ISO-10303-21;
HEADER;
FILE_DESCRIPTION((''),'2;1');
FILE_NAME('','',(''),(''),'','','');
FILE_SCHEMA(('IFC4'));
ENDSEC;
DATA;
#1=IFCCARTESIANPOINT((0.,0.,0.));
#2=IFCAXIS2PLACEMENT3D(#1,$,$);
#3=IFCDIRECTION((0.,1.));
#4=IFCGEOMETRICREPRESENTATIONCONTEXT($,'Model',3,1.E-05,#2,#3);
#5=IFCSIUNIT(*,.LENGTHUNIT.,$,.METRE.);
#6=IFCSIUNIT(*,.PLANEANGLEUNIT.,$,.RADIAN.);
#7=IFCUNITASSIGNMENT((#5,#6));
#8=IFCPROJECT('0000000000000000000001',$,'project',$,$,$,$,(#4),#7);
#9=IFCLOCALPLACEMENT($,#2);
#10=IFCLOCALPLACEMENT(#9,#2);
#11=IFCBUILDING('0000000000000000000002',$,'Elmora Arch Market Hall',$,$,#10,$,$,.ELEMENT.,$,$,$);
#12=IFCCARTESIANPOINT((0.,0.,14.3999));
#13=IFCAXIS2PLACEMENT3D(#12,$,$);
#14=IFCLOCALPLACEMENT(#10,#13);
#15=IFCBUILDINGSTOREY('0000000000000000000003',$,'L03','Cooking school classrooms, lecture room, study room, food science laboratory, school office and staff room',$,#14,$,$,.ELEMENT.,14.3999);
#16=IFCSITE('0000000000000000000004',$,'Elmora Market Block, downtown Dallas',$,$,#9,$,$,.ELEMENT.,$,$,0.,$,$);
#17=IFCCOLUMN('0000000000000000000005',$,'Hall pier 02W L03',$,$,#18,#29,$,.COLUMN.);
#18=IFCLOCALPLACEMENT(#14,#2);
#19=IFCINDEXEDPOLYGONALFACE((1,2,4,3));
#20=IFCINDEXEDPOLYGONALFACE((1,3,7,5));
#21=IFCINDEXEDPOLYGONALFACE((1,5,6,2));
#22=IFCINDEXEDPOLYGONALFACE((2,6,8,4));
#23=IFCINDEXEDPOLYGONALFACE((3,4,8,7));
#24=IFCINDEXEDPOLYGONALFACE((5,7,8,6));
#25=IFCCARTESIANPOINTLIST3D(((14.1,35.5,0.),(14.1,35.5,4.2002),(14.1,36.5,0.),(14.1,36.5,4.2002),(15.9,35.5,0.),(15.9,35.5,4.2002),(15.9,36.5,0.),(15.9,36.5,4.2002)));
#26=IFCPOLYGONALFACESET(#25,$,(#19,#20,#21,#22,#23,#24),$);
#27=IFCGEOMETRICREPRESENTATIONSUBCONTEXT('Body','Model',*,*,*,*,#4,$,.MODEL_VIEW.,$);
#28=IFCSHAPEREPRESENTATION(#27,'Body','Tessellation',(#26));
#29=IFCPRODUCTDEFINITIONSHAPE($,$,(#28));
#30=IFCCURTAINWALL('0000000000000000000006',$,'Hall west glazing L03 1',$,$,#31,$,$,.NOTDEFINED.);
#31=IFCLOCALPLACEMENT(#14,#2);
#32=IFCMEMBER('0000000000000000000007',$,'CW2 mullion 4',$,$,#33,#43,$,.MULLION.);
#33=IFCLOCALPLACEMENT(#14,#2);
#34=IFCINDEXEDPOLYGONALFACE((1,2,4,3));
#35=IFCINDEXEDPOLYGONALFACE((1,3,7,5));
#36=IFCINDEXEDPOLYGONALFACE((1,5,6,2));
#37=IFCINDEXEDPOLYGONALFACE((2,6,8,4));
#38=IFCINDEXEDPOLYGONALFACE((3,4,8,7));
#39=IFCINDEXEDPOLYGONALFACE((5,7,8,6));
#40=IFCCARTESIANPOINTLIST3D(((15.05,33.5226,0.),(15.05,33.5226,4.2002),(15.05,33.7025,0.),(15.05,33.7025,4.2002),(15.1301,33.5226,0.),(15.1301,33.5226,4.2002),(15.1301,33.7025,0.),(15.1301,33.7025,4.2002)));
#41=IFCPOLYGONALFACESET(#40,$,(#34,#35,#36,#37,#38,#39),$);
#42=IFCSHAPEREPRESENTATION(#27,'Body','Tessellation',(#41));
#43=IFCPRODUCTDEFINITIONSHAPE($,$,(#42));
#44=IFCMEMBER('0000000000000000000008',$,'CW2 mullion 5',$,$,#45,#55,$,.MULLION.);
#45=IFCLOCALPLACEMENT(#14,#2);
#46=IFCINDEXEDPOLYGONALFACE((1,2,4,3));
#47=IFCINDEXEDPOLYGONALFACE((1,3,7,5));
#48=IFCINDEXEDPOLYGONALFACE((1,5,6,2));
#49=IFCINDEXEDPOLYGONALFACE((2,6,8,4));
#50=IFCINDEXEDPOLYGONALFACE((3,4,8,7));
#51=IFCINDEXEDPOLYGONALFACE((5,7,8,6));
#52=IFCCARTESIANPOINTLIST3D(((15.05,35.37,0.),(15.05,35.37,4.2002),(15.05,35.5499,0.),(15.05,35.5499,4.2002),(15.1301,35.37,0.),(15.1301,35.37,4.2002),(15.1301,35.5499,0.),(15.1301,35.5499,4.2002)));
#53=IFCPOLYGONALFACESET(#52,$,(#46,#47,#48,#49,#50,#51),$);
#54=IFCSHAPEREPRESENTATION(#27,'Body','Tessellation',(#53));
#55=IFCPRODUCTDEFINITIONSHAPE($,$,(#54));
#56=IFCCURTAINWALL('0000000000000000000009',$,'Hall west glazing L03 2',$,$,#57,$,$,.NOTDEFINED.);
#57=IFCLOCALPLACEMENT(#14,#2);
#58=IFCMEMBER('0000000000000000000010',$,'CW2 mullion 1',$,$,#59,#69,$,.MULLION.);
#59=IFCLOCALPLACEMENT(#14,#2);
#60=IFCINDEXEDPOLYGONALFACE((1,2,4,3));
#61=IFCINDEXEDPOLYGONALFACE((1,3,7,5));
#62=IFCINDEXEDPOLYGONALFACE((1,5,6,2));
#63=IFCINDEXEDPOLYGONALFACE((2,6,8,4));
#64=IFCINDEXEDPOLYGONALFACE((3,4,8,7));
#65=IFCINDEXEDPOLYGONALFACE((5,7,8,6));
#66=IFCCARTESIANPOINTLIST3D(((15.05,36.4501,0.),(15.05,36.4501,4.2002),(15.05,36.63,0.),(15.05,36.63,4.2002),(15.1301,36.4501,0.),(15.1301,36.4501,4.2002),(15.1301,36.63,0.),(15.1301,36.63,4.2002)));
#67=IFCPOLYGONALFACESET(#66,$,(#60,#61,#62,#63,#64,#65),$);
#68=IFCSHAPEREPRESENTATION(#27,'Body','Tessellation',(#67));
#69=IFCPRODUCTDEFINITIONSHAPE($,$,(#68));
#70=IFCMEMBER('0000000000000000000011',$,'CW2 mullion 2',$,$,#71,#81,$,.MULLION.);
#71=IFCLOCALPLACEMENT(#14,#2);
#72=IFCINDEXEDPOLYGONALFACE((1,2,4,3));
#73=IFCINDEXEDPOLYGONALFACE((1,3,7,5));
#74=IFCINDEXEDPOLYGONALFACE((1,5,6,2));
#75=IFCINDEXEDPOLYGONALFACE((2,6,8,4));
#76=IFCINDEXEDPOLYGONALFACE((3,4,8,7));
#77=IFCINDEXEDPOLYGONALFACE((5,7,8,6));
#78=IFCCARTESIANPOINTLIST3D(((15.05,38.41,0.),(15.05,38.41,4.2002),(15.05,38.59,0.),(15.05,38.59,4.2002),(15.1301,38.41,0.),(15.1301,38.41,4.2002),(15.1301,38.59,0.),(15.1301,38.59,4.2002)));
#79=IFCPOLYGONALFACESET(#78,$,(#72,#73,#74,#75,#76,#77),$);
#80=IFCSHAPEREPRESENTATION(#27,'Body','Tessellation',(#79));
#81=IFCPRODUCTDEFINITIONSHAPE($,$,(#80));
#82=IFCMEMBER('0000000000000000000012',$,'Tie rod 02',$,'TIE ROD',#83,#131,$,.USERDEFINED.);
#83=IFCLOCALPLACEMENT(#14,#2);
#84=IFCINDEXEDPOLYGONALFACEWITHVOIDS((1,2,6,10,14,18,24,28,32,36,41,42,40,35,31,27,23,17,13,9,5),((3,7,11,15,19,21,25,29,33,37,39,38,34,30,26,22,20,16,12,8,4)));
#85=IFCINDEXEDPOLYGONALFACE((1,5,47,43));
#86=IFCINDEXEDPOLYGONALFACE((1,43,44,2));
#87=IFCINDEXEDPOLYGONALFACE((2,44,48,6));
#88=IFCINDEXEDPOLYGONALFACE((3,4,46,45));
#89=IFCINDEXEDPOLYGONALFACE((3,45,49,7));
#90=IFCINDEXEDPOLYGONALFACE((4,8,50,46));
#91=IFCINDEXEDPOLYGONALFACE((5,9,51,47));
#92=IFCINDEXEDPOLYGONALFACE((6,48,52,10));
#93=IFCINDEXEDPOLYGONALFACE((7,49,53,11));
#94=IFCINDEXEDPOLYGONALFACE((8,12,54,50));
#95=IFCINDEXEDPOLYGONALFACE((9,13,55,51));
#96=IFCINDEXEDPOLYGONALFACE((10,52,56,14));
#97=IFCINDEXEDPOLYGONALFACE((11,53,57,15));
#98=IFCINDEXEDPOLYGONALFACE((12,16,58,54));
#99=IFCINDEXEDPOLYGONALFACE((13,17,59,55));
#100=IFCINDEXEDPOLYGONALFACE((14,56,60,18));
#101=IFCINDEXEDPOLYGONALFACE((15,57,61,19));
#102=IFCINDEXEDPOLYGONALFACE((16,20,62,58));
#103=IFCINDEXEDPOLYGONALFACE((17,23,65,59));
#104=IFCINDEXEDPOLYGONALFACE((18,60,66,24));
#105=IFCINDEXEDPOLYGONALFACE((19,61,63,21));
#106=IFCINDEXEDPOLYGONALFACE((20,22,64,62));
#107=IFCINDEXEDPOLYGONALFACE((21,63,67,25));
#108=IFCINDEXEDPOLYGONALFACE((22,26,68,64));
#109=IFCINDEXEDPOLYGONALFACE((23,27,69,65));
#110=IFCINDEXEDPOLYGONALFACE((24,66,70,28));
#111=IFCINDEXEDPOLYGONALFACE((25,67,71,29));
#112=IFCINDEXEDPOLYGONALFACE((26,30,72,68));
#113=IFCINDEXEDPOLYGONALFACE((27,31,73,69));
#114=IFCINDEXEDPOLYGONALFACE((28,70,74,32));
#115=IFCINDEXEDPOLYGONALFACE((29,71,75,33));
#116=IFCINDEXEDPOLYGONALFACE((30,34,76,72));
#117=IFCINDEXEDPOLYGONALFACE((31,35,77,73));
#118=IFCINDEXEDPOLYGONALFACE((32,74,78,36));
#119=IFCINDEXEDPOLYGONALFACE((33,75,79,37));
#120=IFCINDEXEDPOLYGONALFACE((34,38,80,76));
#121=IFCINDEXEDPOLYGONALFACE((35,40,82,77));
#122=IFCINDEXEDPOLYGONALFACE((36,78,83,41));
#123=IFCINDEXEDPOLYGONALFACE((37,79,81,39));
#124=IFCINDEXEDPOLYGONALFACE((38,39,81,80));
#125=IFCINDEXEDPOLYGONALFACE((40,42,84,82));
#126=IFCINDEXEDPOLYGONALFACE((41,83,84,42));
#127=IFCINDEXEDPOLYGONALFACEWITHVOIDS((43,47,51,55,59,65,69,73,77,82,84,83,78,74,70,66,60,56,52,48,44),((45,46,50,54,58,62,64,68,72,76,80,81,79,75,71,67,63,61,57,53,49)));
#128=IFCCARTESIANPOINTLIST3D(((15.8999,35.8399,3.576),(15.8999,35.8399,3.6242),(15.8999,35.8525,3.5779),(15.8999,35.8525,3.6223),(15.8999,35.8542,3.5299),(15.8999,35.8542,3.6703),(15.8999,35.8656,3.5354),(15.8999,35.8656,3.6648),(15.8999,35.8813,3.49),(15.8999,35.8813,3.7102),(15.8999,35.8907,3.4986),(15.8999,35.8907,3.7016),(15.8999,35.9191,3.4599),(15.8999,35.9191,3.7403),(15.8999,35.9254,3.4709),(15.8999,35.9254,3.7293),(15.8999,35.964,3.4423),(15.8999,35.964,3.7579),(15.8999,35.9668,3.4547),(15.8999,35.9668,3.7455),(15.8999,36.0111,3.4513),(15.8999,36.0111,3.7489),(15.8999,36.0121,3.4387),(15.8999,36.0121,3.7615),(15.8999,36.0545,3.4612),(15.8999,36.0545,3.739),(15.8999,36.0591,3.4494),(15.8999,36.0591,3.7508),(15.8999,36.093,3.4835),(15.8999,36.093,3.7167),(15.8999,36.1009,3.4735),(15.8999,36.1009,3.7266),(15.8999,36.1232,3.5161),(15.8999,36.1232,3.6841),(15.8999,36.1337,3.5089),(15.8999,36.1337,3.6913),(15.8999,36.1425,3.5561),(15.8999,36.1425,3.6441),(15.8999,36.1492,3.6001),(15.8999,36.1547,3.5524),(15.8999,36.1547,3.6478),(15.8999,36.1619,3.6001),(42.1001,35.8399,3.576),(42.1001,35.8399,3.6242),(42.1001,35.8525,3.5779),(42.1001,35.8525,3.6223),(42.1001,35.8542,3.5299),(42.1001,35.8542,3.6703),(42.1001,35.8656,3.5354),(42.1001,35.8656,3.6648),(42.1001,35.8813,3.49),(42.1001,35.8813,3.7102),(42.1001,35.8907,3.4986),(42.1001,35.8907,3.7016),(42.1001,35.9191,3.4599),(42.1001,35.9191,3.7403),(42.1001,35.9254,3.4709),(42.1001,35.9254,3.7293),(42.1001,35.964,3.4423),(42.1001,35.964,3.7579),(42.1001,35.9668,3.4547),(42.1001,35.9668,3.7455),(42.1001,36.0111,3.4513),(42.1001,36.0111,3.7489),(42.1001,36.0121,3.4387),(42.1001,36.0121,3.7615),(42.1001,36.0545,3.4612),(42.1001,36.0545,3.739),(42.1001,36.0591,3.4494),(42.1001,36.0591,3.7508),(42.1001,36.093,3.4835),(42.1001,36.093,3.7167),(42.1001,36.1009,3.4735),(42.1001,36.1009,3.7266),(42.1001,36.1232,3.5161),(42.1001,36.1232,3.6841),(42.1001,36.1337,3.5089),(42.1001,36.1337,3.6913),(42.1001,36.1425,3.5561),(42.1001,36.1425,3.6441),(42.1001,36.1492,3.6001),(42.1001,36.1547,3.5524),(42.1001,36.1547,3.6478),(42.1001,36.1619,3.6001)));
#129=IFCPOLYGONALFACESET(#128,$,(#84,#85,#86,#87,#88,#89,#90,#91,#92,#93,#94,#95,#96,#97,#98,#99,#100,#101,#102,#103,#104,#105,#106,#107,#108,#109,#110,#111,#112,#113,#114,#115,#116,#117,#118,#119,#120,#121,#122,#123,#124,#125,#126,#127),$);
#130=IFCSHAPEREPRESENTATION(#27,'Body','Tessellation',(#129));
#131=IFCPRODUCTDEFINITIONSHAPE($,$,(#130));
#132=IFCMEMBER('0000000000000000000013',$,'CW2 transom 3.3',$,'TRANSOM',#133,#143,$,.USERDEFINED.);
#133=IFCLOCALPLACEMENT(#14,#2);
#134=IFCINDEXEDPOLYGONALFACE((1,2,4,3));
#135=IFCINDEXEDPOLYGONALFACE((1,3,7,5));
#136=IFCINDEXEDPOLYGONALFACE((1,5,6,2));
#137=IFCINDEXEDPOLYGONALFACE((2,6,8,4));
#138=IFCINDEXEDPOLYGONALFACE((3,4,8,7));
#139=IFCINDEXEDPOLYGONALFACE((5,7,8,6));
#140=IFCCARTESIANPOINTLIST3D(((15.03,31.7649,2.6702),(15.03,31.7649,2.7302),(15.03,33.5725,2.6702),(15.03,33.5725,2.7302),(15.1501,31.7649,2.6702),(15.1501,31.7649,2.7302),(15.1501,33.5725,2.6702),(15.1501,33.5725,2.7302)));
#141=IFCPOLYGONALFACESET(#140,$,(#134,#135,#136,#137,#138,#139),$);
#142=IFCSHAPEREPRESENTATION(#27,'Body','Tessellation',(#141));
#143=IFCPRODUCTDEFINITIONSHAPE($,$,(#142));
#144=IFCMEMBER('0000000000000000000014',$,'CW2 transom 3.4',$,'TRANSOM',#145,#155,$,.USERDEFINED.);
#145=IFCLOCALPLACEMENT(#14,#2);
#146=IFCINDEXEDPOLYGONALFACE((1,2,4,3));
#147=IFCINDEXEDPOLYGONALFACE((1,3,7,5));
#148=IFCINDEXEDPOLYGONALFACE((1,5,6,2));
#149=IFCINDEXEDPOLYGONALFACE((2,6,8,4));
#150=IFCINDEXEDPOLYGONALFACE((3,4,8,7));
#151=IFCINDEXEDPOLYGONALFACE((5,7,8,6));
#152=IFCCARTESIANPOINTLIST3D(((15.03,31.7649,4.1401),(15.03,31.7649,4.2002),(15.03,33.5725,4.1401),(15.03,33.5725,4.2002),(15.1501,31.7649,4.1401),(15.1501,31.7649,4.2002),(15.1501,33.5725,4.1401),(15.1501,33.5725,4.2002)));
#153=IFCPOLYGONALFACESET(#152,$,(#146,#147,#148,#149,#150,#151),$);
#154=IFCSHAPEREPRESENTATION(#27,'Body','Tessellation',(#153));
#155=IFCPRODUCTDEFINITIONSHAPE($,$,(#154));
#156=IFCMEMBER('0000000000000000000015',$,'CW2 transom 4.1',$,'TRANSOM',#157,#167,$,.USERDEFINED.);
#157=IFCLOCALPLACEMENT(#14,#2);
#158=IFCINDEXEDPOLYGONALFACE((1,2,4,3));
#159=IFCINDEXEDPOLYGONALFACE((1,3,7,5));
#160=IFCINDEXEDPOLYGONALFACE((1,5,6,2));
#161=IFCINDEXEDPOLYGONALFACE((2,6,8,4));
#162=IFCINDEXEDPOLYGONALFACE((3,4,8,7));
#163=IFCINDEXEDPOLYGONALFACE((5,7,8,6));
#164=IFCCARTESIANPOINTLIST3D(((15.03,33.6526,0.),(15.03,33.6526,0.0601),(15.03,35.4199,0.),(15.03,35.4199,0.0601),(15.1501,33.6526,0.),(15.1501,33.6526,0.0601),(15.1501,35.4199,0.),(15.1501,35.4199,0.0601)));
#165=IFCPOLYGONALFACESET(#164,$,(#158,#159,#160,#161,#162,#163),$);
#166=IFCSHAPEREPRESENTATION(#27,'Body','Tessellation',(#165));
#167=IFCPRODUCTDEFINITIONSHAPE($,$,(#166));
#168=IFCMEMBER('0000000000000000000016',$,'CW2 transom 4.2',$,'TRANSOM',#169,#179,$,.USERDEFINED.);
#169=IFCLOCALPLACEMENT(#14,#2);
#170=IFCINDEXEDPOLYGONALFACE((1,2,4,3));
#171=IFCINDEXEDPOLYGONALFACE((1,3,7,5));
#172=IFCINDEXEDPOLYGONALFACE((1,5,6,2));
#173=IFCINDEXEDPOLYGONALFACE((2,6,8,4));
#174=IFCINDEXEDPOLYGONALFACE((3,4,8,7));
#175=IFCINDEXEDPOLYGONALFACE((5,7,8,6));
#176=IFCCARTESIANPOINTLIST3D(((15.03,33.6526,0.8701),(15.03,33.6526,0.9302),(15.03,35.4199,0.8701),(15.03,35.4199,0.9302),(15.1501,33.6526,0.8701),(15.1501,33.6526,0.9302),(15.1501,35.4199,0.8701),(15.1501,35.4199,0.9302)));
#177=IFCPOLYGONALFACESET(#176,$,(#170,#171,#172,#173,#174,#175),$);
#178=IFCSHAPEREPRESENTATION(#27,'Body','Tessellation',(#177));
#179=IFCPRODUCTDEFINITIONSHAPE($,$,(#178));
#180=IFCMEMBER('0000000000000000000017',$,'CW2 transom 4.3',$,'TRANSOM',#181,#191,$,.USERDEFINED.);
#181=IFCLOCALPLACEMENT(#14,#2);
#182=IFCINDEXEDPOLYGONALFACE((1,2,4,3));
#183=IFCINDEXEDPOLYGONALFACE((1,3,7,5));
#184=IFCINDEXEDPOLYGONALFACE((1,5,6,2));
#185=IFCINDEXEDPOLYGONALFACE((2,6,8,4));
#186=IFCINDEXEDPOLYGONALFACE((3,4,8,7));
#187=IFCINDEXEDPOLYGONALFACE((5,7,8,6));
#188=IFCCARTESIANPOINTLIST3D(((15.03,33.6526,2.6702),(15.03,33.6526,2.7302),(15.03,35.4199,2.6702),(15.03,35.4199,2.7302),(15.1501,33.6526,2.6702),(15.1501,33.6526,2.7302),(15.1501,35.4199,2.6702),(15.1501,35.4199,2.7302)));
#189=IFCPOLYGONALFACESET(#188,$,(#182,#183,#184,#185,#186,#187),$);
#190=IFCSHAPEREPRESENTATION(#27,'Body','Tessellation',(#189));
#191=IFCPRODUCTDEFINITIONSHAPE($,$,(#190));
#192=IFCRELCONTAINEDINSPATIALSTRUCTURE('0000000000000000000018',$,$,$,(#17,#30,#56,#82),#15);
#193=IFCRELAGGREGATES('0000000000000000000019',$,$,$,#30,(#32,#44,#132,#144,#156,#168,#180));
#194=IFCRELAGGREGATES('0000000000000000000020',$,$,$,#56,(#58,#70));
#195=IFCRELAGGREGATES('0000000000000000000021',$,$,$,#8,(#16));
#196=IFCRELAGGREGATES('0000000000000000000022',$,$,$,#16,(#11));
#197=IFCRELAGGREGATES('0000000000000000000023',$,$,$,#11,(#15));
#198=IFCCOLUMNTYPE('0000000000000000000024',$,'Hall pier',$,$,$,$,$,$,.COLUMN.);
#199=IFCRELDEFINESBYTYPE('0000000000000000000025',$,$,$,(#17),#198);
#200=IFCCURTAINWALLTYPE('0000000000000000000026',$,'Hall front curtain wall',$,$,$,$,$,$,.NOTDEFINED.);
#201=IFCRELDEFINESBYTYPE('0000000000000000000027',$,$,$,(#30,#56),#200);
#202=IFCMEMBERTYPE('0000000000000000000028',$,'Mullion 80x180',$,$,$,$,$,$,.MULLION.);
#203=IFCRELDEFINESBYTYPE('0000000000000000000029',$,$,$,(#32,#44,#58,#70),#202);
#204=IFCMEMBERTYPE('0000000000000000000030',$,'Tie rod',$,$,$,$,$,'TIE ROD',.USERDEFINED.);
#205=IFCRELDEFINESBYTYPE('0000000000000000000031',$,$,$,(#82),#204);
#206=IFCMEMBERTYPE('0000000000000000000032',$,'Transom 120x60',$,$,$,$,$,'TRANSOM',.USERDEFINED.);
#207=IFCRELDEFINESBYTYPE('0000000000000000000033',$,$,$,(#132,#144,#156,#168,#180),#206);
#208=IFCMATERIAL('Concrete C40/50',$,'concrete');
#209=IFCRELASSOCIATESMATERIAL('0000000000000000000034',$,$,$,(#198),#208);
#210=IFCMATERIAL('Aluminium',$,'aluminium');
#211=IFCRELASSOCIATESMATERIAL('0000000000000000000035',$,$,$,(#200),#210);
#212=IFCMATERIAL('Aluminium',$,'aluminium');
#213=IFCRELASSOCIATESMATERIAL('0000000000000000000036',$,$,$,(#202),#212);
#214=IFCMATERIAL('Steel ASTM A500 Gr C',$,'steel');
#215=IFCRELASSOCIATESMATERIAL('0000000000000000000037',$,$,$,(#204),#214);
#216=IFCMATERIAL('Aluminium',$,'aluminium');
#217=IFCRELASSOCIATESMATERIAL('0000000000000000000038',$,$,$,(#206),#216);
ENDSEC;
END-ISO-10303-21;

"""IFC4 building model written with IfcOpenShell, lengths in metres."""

from ifc_helpers import new_model, si_unit, direction, frame, origin, origin_2d, place, context, subcontext, project, spatial, rectangle, hollow_circle, extrude, material, material_profile, profile_set, type_object, element, aggregate, save


model = new_model("IFC4")

# Units and contexts
model_context = context("Model", 3, precision=1e-05, world=origin(), true_north=direction((0.0, 1.0)))
body_context = subcontext(model_context, "Body", "Model", "MODEL_VIEW")
ifc_project = project(units=[si_unit("LENGTHUNIT", "METRE"), si_unit("PLANEANGLEUNIT", "RADIAN")], contexts=[model_context])

# Site, building, storey
site_placement = place(None, origin())
site = spatial("IfcSite", under=ifc_project, at=site_placement, Name="Elmora Market Block, downtown Dallas", CompositionType="ELEMENT", RefElevation=0.0)
building_placement = place(site_placement, origin())
building = spatial("IfcBuilding", under=site, at=building_placement, Name="Elmora Arch Market Hall", CompositionType="ELEMENT")
storey_placement = place(building_placement, frame((0.0, 0.0, 14.3999)))
storey = spatial("IfcBuildingStorey", under=building, at=storey_placement, Name="L03", Description="Cooking school classrooms, lecture room, study room, food science laboratory, school office and staff room", CompositionType="ELEMENT", Elevation=14.3999)

# Column
ifc_material_1 = material(Name="Concrete C40/50", Category="concrete")
ifc_material_profile_1 = material_profile(ifc_material_1, rectangle(XDim=1.8, YDim=1.0, at=origin_2d()), Name="Hall pier")
ifc_profile_set_1 = profile_set([ifc_material_profile_1], Name="Concrete C40/50")
column_type = type_object("IfcColumnType", Name="Hall pier", PredefinedType="COLUMN", material=ifc_profile_set_1)
column_placement = place(storey_placement, frame((15.0, 36.0, 0.0), z_axis=(0.0, 0.0, 1.0), x_axis=(1.0, 0.0, 0.0)))
element("IfcColumn", 1, at=column_placement, inside=storey, type_object=column_type, Name="Hall pier 02W L03", PredefinedType="COLUMN", context=body_context, shape_type="SweptSolid", body=[
    extrude(rectangle(XDim=1.8, YDim=1.0, at=origin_2d()), origin(), (0.0, 0.0, 1.0), 4.2002),
])

# Curtain walls, members
ifc_material_2 = material(Name="Aluminium", Category="aluminium")
curtain_wall_type = type_object("IfcCurtainWallType", Name="Hall front curtain wall", PredefinedType="NOTDEFINED", material=ifc_material_2)
curtain_wall_1_placement = place(storey_placement, origin())
curtain_wall_1 = element("IfcCurtainWall", 2, at=curtain_wall_1_placement, inside=storey, type_object=curtain_wall_type, Name="Hall west glazing L03 1", PredefinedType="NOTDEFINED")
ifc_material_3 = material(Name="Aluminium", Category="aluminium")
ifc_material_profile_2 = material_profile(ifc_material_3, rectangle(XDim=0.0801, YDim=0.1799, at=origin_2d()), Name="AL 80x180")
ifc_profile_set_2 = profile_set([ifc_material_profile_2], Name="Aluminium")
member_type_1 = type_object("IfcMemberType", Name="Mullion 80x180", PredefinedType="MULLION", material=ifc_profile_set_2)
member_1_placement = place(storey_placement, frame((15.0901, 33.6125, 0.0), z_axis=(0.0, 0.0, 1.0), x_axis=(-1.0, 0.0, 0.0)))
member_1 = element("IfcMember", 3, at=member_1_placement, type_object=member_type_1, Name="CW2 mullion 4", PredefinedType="MULLION", context=body_context, shape_type="SweptSolid", body=[
    extrude(rectangle(XDim=0.0801, YDim=0.1799, at=origin_2d()), origin(), (0.0, 0.0, 1.0), 4.2002),
])
member_2_placement = place(storey_placement, frame((15.0901, 35.46, 0.0), z_axis=(0.0, 0.0, 1.0), x_axis=(-1.0, 0.0, 0.0)))
member_2 = element("IfcMember", 4, at=member_2_placement, type_object=member_type_1, Name="CW2 mullion 5", PredefinedType="MULLION", context=body_context, shape_type="SweptSolid", body=[
    extrude(rectangle(XDim=0.0801, YDim=0.1799, at=origin_2d()), origin(), (0.0, 0.0, 1.0), 4.2002),
])
curtain_wall_2_placement = place(storey_placement, origin())
curtain_wall_2 = element("IfcCurtainWall", 5, at=curtain_wall_2_placement, inside=storey, type_object=curtain_wall_type, Name="Hall west glazing L03 2", PredefinedType="NOTDEFINED")
member_3_placement = place(storey_placement, frame((15.0901, 36.54, 0.0), z_axis=(0.0, 0.0, 1.0), x_axis=(-1.0, 0.0, 0.0)))
member_3 = element("IfcMember", 6, at=member_3_placement, type_object=member_type_1, Name="CW2 mullion 1", PredefinedType="MULLION", context=body_context, shape_type="SweptSolid", body=[
    extrude(rectangle(XDim=0.0801, YDim=0.1799, at=origin_2d()), origin(), (0.0, 0.0, 1.0), 4.2002),
])
member_4_placement = place(storey_placement, frame((15.0901, 38.5, 0.0), z_axis=(0.0, 0.0, 1.0), x_axis=(-1.0, 0.0, 0.0)))
member_4 = element("IfcMember", 7, at=member_4_placement, type_object=member_type_1, Name="CW2 mullion 2", PredefinedType="MULLION", context=body_context, shape_type="SweptSolid", body=[
    extrude(rectangle(XDim=0.0801, YDim=0.1799, at=origin_2d()), origin(), (0.0, 0.0, 1.0), 4.2002),
])

# Members
ifc_material_4 = material(Name="Steel ASTM A500 Gr C", Category="steel")
ifc_material_profile_3 = material_profile(ifc_material_4, hollow_circle(Radius=0.1619, WallThickness=0.0127, at=origin_2d()), Name="Tie rod")
ifc_profile_set_3 = profile_set([ifc_material_profile_3], Name="Steel ASTM A500 Gr C")
member_type_2 = type_object("IfcMemberType", Name="Tie rod", ElementType="TIE ROD", PredefinedType="USERDEFINED", material=ifc_profile_set_3)
member_5_placement = place(storey_placement, frame((15.8999, 36.0, 3.6001), z_axis=(1.0, 0.0, 0.0), x_axis=(0.0, 1.0, 0.0)))
element("IfcMember", 8, at=member_5_placement, inside=storey, type_object=member_type_2, Name="Tie rod 02", ObjectType="TIE ROD", PredefinedType="USERDEFINED", context=body_context, shape_type="SweptSolid", body=[
    extrude(hollow_circle(Radius=0.1619, WallThickness=0.0127, at=origin_2d()), origin(), (0.0, 0.0, 1.0), 26.2002),
])
ifc_material_5 = material(Name="Aluminium", Category="aluminium")
ifc_material_profile_4 = material_profile(ifc_material_5, rectangle(XDim=0.1201, YDim=0.0601, at=origin_2d()), Name="AL 120x60")
ifc_profile_set_4 = profile_set([ifc_material_profile_4], Name="Aluminium")
member_type_3 = type_object("IfcMemberType", Name="Transom 120x60", ElementType="TRANSOM", PredefinedType="USERDEFINED", material=ifc_profile_set_4)
member_6_placement = place(storey_placement, frame((15.0901, 31.7649, 2.7002), z_axis=(0.0, 1.0, 0.0), x_axis=(-1.0, 0.0, 0.0)))
member_6 = element("IfcMember", 9, at=member_6_placement, type_object=member_type_3, Name="CW2 transom 3.3", ObjectType="TRANSOM", PredefinedType="USERDEFINED", context=body_context, shape_type="SweptSolid", body=[
    extrude(rectangle(XDim=0.1201, YDim=0.0601, at=origin_2d()), origin(), (0.0, 0.0, 1.0), 1.8076),
])
member_7_placement = place(storey_placement, frame((15.0901, 31.7649, 4.1702), z_axis=(0.0, 1.0, 0.0), x_axis=(-1.0, 0.0, 0.0)))
member_7 = element("IfcMember", 10, at=member_7_placement, type_object=member_type_3, Name="CW2 transom 3.4", ObjectType="TRANSOM", PredefinedType="USERDEFINED", context=body_context, shape_type="SweptSolid", body=[
    extrude(rectangle(XDim=0.1201, YDim=0.0601, at=origin_2d()), origin(), (0.0, 0.0, 1.0), 1.8076),
])
member_8_placement = place(storey_placement, frame((15.0901, 33.6526, 0.03), z_axis=(0.0, 1.0, 0.0), x_axis=(-1.0, 0.0, 0.0)))
member_8 = element("IfcMember", 11, at=member_8_placement, type_object=member_type_3, Name="CW2 transom 4.1", ObjectType="TRANSOM", PredefinedType="USERDEFINED", context=body_context, shape_type="SweptSolid", body=[
    extrude(rectangle(XDim=0.1201, YDim=0.0601, at=origin_2d()), origin(), (0.0, 0.0, 1.0), 1.7673),
])
member_9_placement = place(storey_placement, frame((15.0901, 33.6526, 0.9001), z_axis=(0.0, 1.0, 0.0), x_axis=(-1.0, 0.0, 0.0)))
member_9 = element("IfcMember", 12, at=member_9_placement, type_object=member_type_3, Name="CW2 transom 4.2", ObjectType="TRANSOM", PredefinedType="USERDEFINED", context=body_context, shape_type="SweptSolid", body=[
    extrude(rectangle(XDim=0.1201, YDim=0.0601, at=origin_2d()), origin(), (0.0, 0.0, 1.0), 1.7673),
])
member_10_placement = place(storey_placement, frame((15.0901, 33.6526, 2.7002), z_axis=(0.0, 1.0, 0.0), x_axis=(-1.0, 0.0, 0.0)))
member_10 = element("IfcMember", 13, at=member_10_placement, type_object=member_type_3, Name="CW2 transom 4.3", ObjectType="TRANSOM", PredefinedType="USERDEFINED", context=body_context, shape_type="SweptSolid", body=[
    extrude(rectangle(XDim=0.1201, YDim=0.0601, at=origin_2d()), origin(), (0.0, 0.0, 1.0), 1.7673),
])

aggregate(curtain_wall_1, [member_1, member_2, member_6, member_7, member_8, member_9, member_10])
aggregate(curtain_wall_2, [member_3, member_4])

save(model, "model.ifc")
